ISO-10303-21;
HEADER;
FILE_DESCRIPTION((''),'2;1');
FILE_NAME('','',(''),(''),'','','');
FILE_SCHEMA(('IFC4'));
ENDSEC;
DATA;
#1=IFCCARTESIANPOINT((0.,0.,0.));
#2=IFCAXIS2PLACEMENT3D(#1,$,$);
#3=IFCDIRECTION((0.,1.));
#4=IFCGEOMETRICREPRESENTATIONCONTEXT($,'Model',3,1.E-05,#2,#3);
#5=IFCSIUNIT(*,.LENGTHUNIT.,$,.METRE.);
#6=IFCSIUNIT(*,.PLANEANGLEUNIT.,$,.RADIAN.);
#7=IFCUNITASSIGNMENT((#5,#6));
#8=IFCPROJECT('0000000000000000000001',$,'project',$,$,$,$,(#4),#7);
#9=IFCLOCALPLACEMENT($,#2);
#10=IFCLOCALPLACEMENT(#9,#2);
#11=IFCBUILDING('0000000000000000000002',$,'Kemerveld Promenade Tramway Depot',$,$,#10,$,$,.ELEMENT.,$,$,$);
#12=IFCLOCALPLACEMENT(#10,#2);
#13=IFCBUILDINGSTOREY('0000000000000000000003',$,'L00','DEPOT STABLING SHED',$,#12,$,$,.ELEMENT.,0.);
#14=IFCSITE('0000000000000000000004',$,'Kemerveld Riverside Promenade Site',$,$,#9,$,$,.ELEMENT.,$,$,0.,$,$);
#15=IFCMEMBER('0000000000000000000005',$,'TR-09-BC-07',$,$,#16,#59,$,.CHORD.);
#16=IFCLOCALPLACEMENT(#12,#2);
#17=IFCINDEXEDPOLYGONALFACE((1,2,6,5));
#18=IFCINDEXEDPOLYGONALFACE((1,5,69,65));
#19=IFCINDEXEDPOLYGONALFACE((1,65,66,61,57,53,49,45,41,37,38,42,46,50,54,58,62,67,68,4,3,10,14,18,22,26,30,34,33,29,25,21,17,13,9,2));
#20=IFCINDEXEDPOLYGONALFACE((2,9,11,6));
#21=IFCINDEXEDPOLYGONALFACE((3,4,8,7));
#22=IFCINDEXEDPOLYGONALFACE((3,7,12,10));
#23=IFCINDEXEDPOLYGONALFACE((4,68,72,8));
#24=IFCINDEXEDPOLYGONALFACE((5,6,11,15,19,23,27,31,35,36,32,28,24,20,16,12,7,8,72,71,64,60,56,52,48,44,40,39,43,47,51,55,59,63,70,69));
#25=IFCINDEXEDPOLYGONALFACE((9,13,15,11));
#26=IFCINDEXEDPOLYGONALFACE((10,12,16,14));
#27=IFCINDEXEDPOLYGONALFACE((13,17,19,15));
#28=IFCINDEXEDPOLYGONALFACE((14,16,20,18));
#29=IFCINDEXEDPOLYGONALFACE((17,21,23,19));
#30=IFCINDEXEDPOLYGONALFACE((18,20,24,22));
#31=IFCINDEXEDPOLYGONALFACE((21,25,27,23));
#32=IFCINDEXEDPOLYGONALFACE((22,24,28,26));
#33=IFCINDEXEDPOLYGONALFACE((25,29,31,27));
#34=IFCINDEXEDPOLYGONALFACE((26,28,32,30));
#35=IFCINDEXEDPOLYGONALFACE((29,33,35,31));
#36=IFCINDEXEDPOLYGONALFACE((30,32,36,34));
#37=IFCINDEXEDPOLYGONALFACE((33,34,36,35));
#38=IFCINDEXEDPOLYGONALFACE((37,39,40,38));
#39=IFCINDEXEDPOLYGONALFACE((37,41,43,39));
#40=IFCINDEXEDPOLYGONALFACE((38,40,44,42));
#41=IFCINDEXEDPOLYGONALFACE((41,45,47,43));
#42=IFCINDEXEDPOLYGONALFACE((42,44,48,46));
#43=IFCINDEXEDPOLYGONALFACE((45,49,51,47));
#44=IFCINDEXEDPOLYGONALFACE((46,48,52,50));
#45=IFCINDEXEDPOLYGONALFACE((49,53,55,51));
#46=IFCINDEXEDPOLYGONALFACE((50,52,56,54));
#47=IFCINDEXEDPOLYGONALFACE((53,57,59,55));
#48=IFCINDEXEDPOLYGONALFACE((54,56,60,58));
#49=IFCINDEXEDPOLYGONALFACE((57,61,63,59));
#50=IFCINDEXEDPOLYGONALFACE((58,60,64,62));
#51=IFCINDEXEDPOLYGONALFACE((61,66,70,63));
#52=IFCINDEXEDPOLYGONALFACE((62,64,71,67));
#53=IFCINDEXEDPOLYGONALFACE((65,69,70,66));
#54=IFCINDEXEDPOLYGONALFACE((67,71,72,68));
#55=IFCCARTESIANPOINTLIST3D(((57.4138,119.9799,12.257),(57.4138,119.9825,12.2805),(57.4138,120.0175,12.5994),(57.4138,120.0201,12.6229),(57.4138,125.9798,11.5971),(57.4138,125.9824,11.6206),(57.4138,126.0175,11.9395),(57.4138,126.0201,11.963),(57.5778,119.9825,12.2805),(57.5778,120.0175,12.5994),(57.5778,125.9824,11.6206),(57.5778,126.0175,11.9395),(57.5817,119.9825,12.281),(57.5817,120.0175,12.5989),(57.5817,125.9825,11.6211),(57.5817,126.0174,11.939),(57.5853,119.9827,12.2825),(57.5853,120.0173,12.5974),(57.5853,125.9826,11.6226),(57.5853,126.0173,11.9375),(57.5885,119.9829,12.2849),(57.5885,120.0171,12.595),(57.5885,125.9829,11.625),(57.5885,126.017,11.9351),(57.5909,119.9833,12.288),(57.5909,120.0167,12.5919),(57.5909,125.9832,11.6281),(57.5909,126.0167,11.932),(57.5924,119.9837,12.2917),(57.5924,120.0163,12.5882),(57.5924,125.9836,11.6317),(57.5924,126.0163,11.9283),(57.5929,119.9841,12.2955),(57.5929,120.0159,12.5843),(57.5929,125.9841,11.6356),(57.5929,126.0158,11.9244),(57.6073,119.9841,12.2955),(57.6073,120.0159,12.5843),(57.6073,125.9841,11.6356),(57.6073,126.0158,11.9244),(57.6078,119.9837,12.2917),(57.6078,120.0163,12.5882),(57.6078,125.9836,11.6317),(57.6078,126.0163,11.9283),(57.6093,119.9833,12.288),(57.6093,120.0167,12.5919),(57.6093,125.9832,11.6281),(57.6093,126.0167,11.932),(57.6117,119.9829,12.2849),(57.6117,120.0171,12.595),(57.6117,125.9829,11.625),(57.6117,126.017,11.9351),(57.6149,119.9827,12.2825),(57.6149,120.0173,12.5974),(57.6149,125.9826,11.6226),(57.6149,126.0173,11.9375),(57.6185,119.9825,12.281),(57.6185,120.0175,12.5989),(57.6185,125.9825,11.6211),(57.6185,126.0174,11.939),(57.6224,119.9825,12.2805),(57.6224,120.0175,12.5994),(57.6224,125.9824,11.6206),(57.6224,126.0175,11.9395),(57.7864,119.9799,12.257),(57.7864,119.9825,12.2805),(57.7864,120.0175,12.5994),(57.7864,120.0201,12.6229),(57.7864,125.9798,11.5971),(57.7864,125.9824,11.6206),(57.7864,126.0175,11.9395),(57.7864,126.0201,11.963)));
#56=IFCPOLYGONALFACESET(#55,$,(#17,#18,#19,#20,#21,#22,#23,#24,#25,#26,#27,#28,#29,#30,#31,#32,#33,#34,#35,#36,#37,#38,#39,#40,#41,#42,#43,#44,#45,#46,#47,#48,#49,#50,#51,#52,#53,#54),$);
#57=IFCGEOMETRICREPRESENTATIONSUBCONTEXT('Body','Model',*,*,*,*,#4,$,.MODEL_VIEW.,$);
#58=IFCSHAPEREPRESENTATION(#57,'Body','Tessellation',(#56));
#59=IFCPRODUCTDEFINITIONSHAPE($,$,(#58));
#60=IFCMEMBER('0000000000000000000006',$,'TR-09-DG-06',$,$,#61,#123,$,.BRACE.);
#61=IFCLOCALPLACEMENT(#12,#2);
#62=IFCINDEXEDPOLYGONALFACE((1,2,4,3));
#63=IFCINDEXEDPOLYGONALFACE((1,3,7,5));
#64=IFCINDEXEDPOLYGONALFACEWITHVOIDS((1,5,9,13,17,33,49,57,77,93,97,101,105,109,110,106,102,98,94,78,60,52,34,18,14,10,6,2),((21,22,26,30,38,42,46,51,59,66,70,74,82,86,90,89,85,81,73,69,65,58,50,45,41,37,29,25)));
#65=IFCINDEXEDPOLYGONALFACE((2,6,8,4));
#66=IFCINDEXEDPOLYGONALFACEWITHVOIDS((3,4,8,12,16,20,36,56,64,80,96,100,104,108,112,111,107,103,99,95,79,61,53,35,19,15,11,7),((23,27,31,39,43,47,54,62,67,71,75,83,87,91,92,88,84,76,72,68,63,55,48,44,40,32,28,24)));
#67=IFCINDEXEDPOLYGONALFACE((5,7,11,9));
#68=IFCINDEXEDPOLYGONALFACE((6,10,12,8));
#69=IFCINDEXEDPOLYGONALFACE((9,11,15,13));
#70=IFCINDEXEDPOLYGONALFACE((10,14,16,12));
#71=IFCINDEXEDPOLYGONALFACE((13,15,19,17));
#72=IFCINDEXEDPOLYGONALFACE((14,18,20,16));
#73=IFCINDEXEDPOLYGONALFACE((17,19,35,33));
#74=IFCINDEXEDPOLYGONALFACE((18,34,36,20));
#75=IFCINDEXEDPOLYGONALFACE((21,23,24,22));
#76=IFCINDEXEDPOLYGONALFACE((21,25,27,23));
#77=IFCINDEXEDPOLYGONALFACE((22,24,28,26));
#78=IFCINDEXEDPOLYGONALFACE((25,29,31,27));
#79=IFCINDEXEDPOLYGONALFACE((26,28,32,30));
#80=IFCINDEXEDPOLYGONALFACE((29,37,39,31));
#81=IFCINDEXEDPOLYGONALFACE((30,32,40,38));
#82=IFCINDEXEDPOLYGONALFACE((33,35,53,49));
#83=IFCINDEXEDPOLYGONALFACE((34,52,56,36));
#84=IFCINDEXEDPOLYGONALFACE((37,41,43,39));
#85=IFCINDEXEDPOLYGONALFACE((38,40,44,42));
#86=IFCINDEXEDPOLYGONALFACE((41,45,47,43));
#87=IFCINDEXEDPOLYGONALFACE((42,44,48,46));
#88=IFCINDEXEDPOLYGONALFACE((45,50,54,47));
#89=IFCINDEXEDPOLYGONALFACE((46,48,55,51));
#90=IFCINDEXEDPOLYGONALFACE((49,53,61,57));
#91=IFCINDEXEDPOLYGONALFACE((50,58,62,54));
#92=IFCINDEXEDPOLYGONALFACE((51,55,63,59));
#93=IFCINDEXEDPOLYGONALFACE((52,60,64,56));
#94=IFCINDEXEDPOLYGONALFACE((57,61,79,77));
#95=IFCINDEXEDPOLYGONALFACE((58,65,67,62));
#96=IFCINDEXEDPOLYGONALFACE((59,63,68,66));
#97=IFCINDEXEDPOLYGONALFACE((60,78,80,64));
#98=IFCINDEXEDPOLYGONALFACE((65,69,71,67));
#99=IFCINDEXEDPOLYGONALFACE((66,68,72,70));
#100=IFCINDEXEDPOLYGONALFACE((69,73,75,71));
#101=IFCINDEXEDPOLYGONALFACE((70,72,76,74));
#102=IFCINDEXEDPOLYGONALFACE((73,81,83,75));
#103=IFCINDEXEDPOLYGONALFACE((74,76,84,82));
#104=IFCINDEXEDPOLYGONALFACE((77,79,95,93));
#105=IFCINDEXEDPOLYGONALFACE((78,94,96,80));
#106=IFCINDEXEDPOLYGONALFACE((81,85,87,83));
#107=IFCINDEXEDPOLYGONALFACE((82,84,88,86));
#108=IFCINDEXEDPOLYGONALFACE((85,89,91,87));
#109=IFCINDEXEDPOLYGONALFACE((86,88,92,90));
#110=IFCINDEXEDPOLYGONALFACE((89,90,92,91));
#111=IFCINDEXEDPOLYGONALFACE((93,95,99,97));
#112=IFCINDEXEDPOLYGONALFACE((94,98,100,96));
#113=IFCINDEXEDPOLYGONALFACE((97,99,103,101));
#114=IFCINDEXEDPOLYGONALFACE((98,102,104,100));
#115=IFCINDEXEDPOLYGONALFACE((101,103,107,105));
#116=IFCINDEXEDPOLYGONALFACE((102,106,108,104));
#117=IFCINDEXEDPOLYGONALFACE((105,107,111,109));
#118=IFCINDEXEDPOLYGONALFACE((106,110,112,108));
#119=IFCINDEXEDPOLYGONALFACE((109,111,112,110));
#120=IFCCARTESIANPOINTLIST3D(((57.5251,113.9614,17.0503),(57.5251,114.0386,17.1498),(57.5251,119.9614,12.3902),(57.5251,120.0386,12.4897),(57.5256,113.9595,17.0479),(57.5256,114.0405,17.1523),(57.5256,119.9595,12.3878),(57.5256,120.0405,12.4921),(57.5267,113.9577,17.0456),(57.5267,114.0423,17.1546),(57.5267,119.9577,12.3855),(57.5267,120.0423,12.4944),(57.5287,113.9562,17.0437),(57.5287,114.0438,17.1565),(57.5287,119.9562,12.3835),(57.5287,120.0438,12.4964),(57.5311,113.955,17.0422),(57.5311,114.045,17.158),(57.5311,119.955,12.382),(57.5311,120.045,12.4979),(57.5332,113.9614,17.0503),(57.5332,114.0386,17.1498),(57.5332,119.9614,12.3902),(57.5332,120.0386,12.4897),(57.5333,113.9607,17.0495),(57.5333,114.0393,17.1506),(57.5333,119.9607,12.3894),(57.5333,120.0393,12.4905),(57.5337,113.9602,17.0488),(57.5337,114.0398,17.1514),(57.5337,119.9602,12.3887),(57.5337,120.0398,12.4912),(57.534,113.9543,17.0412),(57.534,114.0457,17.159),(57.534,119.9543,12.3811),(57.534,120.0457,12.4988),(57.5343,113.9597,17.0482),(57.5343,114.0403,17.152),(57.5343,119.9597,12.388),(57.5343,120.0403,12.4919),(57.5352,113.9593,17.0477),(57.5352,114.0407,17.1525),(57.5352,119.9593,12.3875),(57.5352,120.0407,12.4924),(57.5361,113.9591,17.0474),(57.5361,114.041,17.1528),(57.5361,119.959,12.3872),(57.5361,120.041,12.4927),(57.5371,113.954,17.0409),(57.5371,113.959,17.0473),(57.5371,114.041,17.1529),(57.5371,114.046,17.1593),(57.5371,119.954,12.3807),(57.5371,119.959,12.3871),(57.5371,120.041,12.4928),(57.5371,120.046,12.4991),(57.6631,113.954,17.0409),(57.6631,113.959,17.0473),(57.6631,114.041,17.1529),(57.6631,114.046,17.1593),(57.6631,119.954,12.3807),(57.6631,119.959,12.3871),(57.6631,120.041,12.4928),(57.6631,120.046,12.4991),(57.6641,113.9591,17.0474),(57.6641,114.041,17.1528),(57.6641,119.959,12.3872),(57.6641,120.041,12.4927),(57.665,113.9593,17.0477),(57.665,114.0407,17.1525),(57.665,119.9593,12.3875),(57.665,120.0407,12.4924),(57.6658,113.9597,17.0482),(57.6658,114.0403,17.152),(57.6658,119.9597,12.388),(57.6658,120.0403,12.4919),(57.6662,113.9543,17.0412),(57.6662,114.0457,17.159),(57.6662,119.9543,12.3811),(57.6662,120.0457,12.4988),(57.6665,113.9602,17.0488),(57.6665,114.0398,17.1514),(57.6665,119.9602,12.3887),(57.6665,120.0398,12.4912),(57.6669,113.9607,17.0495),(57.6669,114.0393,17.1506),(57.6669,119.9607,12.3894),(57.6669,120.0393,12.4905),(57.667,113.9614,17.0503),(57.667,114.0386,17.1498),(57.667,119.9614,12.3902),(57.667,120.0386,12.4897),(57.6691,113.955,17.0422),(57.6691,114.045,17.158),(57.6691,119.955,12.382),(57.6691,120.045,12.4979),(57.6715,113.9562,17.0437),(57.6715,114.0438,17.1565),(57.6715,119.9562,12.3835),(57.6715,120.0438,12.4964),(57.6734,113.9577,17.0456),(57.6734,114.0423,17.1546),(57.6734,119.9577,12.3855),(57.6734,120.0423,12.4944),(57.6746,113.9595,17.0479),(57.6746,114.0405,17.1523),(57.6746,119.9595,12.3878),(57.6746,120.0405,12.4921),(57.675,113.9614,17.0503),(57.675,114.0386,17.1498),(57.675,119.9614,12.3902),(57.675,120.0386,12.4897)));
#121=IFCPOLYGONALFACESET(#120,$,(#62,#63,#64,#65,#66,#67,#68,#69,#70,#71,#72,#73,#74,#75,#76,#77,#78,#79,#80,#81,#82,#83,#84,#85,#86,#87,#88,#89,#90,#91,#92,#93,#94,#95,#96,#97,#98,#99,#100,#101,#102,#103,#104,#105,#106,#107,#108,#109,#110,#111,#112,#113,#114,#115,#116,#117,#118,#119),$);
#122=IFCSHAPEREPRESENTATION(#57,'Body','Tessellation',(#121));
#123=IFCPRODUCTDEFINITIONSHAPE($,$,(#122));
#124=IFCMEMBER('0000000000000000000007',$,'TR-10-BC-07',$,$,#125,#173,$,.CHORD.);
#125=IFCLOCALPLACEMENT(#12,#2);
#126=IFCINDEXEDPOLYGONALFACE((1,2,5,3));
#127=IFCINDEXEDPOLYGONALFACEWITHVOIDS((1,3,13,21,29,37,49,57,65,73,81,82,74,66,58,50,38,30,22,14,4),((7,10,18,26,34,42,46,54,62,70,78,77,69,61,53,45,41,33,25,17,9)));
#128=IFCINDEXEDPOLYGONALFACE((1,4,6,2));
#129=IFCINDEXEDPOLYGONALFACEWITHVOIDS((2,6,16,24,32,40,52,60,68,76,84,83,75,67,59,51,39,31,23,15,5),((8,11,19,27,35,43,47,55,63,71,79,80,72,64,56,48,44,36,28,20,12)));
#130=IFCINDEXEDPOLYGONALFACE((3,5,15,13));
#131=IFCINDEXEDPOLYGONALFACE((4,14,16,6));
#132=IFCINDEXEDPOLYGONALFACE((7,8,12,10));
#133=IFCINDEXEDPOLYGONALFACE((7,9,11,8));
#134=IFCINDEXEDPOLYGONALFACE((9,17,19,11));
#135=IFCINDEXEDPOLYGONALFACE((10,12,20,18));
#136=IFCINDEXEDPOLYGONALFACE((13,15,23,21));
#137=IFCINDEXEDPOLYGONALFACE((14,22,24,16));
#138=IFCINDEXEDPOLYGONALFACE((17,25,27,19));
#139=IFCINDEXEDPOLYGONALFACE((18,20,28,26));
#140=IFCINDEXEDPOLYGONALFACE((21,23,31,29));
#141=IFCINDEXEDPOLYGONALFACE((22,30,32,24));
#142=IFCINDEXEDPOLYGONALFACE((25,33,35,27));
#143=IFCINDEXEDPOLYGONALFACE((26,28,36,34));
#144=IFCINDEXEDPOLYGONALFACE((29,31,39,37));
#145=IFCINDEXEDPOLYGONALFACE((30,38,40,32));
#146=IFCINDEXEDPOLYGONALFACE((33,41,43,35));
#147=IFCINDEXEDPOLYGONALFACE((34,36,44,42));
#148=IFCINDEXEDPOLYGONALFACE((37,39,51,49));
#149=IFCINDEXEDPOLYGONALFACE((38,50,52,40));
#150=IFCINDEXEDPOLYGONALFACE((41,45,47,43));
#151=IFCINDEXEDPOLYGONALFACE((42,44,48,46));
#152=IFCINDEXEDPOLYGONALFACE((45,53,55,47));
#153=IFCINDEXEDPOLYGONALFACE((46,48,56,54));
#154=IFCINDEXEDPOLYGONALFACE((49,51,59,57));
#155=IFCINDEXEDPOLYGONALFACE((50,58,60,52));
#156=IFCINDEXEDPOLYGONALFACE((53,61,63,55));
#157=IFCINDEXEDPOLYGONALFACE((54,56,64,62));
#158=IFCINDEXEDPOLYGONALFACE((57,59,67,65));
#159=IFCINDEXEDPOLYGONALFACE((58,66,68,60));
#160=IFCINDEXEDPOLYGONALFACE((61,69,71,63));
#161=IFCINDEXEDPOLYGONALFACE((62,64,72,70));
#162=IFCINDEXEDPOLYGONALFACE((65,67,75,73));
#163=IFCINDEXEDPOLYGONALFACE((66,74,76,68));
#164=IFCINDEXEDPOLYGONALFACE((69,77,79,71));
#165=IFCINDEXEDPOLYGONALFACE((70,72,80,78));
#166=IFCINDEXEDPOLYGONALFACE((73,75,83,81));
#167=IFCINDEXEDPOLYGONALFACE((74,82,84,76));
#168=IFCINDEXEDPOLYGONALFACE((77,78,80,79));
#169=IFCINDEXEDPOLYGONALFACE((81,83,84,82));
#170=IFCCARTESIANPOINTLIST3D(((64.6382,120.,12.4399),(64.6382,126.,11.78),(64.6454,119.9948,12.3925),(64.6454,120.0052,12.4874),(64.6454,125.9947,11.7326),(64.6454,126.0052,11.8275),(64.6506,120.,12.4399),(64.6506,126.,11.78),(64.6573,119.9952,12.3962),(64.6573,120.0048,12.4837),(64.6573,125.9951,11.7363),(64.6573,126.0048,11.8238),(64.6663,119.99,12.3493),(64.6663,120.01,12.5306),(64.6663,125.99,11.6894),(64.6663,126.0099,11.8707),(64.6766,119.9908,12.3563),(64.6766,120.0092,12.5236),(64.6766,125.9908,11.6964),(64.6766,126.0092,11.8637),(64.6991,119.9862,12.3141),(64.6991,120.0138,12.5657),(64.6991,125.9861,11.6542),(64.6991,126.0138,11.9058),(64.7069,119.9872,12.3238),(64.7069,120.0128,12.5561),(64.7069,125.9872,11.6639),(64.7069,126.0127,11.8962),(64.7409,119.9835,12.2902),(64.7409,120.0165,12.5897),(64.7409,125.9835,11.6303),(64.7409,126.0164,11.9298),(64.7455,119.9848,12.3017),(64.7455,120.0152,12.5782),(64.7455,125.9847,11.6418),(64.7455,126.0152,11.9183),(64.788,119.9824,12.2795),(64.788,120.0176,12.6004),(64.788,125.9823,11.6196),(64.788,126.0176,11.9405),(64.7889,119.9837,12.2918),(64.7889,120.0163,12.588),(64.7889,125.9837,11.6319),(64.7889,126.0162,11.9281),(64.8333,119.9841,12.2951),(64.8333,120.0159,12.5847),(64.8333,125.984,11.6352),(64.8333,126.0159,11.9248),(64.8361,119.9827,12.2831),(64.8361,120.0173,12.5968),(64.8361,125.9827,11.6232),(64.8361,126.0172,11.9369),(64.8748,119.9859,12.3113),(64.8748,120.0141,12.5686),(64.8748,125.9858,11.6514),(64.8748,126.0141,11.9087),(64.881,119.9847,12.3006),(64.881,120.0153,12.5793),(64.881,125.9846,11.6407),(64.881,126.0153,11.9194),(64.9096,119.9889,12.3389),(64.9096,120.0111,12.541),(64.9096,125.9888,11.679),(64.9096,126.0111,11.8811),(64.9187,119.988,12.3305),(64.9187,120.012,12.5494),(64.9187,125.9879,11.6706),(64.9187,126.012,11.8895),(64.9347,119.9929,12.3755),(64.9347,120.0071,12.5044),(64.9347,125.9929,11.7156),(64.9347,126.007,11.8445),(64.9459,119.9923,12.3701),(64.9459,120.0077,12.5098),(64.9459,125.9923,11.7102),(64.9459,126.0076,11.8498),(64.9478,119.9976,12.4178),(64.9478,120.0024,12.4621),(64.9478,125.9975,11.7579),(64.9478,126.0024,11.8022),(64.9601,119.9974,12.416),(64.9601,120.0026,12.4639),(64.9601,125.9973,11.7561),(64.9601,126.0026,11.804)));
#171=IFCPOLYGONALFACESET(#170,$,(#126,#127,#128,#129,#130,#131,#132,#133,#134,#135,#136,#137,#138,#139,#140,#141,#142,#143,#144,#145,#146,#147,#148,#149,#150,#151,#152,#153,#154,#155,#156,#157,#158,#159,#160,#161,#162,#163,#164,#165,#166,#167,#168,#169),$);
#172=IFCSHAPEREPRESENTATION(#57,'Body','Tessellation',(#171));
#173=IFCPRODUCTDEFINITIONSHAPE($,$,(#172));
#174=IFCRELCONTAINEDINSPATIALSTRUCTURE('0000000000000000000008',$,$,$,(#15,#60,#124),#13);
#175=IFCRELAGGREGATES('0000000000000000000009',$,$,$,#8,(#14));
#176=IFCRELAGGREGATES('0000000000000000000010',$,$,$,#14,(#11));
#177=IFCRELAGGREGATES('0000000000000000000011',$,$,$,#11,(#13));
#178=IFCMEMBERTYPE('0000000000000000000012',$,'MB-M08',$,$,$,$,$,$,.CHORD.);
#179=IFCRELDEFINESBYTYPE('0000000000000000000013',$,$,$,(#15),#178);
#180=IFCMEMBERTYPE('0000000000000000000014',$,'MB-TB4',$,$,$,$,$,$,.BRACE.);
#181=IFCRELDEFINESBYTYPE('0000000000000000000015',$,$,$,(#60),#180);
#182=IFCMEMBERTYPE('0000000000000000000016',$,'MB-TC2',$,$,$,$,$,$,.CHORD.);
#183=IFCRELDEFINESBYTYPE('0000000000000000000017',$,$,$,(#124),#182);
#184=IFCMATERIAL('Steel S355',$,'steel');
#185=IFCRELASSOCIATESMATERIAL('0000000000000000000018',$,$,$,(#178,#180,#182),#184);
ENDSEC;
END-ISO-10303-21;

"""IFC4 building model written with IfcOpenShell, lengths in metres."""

from ifc_helpers import new_model, si_unit, direction, frame, origin, origin_2d, place, context, subcontext, project, spatial, hollow_rectangle, hollow_circle, i_section, extrude, material, material_profile, profile_set, type_object, element, save


model = new_model("IFC4")

# Units and contexts
model_context = context("Model", 3, precision=1e-05, world=origin(), true_north=direction((0.0, 1.0)))
body_context = subcontext(model_context, "Body", "Model", "MODEL_VIEW")
ifc_project = project(units=[si_unit("LENGTHUNIT", "METRE"), si_unit("PLANEANGLEUNIT", "RADIAN")], contexts=[model_context])

# Site, building, storey
site_placement = place(None, origin())
site = spatial("IfcSite", under=ifc_project, at=site_placement, Name="Kemerveld Riverside Promenade Site", CompositionType="ELEMENT", RefElevation=0.0)
building_placement = place(site_placement, origin())
building = spatial("IfcBuilding", under=site, at=building_placement, Name="Kemerveld Promenade Tramway Depot", CompositionType="ELEMENT")
storey_placement = place(building_placement, origin())
storey = spatial("IfcBuildingStorey", under=building, at=storey_placement, Name="L00", Description="DEPOT STABLING SHED", CompositionType="ELEMENT", Elevation=0.0)

# Members
ifc_material_1 = material(Name="Steel S355", Category="steel")
ifc_material_profile_1 = material_profile(ifc_material_1, i_section(OverallWidth=0.3726, OverallDepth=0.3682, WebThickness=0.0144, FlangeThickness=0.0237, FilletRadius=0.0151, at=origin_2d()), Name="356x368x177 UC")
ifc_profile_set_1 = profile_set([ifc_material_profile_1], Name="Steel S355")
member_type_1 = type_object("IfcMemberType", Name="MB-M08", PredefinedType="CHORD", material=ifc_profile_set_1)
member_1_placement = place(storey_placement, frame((57.6001, 120.0, 12.4399), z_axis=(0.0, 0.994006, -0.109326), x_axis=(-1.0, 0.0, 0.0)))
element("IfcMember", 1, at=member_1_placement, inside=storey, type_object=member_type_1, Name="TR-09-BC-07", PredefinedType="CHORD", context=body_context, shape_type="SweptSolid", body=[
    extrude(i_section(OverallWidth=0.3726, OverallDepth=0.3682, WebThickness=0.0144, FlangeThickness=0.0237, FilletRadius=0.0151, at=origin_2d()), origin(), (0.0, 0.0, 1.0), 6.0361),
])
ifc_material_profile_2 = material_profile(ifc_material_1, hollow_rectangle(XDim=0.1499, YDim=0.1499, WallThickness=0.0081, InnerFilletRadius=0.0039, OuterFilletRadius=0.012, at=origin_2d()), Name="150x150x8.0 SHS")
ifc_profile_set_2 = profile_set([ifc_material_profile_2], Name="Steel S355")
member_type_2 = type_object("IfcMemberType", Name="MB-TB4", PredefinedType="BRACE", material=ifc_profile_set_2)
member_2_placement = place(storey_placement, frame((57.6001, 120.0, 12.4399), z_axis=(0.0, -0.789767, 0.613407), x_axis=(1.0, 0.0, 0.0)))
element("IfcMember", 2, at=member_2_placement, inside=storey, type_object=member_type_2, Name="TR-09-DG-06", PredefinedType="BRACE", context=body_context, shape_type="SweptSolid", body=[
    extrude(hollow_rectangle(XDim=0.1499, YDim=0.1499, WallThickness=0.0081, InnerFilletRadius=0.0039, OuterFilletRadius=0.012, at=origin_2d()), origin(), (0.0, 0.0, 1.0), 7.5972),
])
ifc_material_profile_3 = material_profile(ifc_material_1, hollow_circle(Radius=0.1619, WallThickness=0.0125, at=origin_2d()), Name="323.9x12.5 CHS")
ifc_profile_set_3 = profile_set([ifc_material_profile_3], Name="Steel S355")
member_type_3 = type_object("IfcMemberType", Name="MB-TC2", PredefinedType="CHORD", material=ifc_profile_set_3)
member_3_placement = place(storey_placement, frame((64.8, 120.0, 12.4399), z_axis=(0.0, 0.994006, -0.109326), x_axis=(-1.0, 0.0, 0.0)))
element("IfcMember", 3, at=member_3_placement, inside=storey, type_object=member_type_3, Name="TR-10-BC-07", PredefinedType="CHORD", context=body_context, shape_type="SweptSolid", body=[
    extrude(hollow_circle(Radius=0.1619, WallThickness=0.0125, at=origin_2d()), origin(), (0.0, 0.0, 1.0), 6.0361),
])

save(model, "model.ifc")
